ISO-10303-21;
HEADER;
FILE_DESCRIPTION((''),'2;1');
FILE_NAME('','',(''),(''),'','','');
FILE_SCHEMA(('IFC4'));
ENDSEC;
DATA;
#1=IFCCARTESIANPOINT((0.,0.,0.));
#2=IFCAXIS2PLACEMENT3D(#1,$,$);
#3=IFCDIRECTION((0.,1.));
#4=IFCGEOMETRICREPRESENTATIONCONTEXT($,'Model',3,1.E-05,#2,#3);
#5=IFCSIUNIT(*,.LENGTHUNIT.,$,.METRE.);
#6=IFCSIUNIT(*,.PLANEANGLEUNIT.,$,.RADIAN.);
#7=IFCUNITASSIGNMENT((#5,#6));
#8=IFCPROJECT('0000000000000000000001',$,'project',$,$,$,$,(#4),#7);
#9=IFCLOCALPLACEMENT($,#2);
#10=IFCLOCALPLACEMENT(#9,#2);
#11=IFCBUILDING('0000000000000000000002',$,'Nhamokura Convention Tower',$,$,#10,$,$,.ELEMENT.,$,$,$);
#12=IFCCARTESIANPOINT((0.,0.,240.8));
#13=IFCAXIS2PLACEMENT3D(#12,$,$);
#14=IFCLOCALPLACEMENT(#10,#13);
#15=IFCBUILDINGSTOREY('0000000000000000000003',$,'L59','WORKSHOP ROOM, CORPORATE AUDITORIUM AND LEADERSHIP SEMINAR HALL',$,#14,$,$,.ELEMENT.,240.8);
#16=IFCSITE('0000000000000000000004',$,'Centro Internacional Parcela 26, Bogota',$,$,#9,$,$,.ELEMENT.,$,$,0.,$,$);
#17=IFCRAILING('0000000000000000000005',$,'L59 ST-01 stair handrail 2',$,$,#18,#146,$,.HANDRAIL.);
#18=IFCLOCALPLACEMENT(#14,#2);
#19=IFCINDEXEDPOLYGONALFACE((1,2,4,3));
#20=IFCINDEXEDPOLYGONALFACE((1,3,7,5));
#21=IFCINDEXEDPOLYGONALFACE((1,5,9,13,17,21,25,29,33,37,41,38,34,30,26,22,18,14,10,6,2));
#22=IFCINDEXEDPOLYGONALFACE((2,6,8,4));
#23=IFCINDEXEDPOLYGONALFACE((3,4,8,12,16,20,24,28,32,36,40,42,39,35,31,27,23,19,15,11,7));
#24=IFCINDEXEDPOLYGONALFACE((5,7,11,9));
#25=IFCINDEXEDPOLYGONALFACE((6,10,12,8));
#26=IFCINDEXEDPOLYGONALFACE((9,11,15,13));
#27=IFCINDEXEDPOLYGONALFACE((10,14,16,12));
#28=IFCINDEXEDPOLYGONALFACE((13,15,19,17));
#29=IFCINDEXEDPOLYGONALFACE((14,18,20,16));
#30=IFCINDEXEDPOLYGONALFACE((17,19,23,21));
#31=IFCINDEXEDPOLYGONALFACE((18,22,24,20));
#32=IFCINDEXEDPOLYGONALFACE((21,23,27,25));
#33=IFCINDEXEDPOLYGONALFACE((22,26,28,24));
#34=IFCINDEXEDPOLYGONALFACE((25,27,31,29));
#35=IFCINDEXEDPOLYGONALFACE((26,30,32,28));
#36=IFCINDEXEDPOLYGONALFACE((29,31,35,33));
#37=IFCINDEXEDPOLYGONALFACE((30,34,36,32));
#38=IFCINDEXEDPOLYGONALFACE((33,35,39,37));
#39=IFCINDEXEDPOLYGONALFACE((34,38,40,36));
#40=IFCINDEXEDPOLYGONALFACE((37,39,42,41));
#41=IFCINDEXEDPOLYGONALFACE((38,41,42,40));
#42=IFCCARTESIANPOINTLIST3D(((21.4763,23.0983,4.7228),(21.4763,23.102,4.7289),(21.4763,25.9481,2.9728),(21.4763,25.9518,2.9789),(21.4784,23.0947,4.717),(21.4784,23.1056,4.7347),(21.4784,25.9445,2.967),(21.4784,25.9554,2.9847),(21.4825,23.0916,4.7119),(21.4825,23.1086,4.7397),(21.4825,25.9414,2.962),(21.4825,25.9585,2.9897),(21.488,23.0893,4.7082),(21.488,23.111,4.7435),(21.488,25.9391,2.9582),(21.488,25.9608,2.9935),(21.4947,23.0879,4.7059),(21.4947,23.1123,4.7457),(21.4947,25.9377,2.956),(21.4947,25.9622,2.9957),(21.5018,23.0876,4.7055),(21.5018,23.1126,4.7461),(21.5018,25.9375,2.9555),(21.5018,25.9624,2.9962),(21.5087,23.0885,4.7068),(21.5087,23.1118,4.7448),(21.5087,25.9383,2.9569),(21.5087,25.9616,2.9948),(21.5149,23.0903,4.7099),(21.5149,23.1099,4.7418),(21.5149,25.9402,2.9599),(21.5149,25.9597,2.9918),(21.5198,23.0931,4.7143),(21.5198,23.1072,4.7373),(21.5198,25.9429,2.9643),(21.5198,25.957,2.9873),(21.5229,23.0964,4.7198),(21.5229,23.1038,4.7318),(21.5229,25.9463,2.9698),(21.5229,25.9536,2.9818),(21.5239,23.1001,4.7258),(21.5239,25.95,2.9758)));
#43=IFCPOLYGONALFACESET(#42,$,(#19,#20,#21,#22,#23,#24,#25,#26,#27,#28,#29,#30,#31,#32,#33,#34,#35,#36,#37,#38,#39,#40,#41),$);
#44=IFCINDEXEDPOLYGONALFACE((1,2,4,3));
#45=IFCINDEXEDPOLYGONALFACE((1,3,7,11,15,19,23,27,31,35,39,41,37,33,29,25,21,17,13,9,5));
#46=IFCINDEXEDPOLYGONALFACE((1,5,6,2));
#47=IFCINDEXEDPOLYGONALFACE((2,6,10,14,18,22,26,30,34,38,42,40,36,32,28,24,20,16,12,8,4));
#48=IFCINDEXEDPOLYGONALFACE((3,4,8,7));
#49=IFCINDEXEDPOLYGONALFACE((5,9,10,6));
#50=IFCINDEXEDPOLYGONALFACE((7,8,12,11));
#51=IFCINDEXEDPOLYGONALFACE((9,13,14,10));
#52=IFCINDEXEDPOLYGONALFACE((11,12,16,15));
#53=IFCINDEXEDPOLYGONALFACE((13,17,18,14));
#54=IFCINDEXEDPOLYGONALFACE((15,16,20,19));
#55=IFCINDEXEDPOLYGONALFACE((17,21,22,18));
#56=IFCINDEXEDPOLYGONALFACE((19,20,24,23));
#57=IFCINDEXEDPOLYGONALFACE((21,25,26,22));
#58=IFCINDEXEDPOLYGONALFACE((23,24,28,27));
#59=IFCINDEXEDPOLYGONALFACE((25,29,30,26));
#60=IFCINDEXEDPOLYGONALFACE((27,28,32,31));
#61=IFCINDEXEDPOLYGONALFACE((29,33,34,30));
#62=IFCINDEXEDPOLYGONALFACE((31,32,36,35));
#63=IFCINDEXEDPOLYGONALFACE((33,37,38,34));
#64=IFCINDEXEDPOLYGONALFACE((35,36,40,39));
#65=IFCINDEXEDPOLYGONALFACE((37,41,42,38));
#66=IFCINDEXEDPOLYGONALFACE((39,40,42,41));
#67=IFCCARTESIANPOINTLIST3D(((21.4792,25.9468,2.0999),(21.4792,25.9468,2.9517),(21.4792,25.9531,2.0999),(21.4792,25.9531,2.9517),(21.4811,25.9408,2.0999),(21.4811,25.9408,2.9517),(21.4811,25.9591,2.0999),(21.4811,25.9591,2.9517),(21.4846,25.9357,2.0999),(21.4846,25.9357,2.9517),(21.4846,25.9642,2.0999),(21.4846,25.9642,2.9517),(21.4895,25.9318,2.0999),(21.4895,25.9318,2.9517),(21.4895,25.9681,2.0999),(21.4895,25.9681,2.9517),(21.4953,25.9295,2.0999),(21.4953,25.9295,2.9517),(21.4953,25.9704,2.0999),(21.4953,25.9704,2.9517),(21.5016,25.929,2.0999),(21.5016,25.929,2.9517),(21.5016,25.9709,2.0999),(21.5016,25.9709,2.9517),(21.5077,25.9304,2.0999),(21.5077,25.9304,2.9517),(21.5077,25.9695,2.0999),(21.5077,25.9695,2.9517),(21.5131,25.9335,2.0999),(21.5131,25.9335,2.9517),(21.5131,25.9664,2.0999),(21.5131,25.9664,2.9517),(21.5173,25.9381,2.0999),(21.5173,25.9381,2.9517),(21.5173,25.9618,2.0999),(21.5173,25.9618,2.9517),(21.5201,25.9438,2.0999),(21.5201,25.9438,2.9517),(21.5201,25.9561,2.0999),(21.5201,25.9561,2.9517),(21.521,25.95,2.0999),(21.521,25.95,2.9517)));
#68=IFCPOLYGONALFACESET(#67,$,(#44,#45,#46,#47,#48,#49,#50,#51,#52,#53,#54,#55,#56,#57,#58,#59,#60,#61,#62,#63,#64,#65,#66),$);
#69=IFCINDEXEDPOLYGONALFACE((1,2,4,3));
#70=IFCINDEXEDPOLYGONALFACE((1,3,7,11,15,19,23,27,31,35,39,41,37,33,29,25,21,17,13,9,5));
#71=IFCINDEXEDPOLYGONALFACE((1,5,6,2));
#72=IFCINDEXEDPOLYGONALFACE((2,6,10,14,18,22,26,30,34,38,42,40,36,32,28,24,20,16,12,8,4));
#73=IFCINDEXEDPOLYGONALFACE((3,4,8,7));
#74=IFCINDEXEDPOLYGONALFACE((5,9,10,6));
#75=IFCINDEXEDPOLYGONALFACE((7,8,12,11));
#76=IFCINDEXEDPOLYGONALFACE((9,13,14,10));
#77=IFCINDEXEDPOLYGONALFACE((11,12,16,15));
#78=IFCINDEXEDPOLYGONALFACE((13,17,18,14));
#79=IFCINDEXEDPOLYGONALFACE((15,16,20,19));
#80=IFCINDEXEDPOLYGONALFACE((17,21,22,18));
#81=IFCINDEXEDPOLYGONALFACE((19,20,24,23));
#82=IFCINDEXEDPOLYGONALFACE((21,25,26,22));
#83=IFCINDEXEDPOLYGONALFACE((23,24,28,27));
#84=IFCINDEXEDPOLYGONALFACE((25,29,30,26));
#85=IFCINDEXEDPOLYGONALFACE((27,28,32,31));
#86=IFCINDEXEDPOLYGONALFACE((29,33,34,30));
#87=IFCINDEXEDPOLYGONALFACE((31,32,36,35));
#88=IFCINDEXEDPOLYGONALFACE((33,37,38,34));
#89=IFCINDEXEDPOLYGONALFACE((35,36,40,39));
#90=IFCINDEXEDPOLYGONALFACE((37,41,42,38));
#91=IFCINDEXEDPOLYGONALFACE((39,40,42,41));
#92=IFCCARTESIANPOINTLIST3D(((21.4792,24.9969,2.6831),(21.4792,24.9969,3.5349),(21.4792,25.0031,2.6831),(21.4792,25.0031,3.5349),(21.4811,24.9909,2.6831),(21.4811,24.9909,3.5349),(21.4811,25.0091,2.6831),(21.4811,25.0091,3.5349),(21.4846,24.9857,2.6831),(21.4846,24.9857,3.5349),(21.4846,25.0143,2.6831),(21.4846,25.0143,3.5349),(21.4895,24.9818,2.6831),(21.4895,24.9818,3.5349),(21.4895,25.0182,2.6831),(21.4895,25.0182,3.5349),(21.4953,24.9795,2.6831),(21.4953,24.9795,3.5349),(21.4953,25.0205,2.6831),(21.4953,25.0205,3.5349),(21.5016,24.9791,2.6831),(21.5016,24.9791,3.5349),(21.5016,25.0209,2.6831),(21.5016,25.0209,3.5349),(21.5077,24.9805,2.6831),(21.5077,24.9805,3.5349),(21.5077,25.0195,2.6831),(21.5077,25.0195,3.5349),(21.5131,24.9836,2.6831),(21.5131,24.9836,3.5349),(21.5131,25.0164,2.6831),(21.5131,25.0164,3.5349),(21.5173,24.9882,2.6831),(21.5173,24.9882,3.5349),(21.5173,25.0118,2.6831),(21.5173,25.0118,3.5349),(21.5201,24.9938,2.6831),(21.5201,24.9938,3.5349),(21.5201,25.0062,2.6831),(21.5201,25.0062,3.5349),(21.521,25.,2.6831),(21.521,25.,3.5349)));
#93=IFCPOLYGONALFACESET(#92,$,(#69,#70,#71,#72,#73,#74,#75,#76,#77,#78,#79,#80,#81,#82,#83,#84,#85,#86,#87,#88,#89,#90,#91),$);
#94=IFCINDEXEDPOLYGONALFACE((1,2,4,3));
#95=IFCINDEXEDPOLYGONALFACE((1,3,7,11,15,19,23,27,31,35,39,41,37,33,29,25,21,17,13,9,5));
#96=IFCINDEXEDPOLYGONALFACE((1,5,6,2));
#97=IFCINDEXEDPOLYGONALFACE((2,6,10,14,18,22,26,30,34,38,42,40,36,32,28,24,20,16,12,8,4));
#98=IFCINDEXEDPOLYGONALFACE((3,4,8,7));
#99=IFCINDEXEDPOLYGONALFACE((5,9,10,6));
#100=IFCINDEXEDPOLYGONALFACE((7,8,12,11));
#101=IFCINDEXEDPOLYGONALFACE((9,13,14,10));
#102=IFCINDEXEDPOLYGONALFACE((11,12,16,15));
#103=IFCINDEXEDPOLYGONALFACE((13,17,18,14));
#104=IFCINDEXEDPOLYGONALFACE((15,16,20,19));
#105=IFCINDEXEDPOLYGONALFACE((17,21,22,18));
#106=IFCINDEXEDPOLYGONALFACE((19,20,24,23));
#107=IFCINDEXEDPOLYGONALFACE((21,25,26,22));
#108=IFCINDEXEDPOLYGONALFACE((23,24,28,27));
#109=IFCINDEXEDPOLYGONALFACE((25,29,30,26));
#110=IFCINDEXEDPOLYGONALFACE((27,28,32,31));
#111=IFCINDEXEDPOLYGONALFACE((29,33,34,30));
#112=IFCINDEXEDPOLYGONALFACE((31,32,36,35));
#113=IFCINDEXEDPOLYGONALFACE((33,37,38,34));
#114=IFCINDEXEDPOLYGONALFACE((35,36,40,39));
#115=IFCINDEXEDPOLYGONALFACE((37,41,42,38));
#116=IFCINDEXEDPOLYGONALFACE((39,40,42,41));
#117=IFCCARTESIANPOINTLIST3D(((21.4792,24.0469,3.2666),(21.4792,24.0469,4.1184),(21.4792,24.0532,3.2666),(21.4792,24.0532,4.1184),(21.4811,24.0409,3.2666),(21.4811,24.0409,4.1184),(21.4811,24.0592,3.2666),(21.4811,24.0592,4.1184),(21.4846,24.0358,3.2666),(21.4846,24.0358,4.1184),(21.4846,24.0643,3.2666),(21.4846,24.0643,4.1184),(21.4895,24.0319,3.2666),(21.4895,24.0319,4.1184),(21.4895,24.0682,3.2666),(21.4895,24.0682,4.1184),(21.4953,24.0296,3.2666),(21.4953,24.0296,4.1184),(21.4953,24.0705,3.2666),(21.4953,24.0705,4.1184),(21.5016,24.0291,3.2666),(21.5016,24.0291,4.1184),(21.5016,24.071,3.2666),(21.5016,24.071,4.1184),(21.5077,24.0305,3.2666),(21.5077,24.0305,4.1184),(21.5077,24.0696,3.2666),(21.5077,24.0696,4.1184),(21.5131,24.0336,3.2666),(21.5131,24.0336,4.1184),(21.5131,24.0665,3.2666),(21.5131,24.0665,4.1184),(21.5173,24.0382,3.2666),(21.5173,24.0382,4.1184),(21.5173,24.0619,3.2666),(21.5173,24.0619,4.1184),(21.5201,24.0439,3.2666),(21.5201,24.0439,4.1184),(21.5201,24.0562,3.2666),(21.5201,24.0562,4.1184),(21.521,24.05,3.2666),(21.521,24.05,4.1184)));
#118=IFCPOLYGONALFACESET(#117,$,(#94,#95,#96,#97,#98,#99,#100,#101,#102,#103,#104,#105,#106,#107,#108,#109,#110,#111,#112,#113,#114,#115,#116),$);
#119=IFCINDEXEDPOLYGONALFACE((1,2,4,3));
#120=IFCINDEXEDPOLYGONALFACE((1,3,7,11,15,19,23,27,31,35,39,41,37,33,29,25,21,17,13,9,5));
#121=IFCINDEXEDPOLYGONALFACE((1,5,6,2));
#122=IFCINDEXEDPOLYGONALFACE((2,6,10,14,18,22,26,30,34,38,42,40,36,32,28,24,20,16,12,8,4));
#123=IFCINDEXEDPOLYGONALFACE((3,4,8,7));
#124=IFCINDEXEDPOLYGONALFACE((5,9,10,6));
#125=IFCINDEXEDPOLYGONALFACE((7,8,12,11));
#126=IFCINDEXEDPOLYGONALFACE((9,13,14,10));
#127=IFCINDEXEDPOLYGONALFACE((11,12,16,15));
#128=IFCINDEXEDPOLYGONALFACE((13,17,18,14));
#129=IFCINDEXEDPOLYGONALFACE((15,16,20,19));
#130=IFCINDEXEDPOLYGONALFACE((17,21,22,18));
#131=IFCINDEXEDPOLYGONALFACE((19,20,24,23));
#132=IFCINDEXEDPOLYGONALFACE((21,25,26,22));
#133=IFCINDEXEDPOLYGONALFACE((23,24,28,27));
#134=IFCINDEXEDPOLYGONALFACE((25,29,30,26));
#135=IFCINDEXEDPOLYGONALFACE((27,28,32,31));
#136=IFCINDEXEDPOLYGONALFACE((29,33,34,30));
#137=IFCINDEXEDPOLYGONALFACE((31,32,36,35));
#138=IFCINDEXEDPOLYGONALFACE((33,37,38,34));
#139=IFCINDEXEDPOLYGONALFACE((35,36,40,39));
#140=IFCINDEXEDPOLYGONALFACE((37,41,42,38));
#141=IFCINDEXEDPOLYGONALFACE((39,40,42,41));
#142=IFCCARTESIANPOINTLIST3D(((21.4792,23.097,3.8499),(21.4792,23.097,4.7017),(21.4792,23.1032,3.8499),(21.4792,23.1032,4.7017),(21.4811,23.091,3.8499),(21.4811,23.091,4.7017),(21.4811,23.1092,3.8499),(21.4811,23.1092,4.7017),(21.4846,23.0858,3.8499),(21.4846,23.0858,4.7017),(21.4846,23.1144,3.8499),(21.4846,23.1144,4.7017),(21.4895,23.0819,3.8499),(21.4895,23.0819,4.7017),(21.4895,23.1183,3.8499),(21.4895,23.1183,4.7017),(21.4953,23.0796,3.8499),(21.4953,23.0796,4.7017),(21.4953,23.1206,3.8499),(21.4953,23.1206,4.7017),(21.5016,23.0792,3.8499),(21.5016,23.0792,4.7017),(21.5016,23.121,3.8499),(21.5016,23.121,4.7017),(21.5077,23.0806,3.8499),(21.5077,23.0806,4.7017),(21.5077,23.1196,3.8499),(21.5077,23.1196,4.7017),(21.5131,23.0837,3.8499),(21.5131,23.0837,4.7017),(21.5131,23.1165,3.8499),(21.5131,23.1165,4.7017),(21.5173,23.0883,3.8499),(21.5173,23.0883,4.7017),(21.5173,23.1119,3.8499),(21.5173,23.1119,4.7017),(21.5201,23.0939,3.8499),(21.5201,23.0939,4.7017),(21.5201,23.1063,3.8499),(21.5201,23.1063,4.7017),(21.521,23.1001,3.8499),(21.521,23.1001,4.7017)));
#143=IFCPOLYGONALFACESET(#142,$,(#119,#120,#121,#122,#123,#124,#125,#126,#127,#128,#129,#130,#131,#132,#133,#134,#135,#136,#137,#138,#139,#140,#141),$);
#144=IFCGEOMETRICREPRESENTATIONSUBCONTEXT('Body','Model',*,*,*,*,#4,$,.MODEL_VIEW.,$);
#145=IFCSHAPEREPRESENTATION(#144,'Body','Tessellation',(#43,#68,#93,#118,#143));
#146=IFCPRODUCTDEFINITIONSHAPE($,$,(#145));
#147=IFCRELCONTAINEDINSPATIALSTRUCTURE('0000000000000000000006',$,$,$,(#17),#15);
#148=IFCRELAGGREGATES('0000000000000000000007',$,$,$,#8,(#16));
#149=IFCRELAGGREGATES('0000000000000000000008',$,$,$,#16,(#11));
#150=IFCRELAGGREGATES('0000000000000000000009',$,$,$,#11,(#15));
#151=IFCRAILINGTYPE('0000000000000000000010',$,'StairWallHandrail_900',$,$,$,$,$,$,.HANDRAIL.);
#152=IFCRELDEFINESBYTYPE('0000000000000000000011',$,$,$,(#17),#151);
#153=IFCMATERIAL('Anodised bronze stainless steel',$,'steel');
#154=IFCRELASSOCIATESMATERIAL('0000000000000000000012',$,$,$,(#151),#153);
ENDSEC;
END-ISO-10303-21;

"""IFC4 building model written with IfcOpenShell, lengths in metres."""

from ifc_helpers import new_model, si_unit, direction, frame, origin, origin_2d, place, context, subcontext, project, spatial, circle, extrude, material, type_object, element, save


model = new_model("IFC4")

# Units and contexts
model_context = context("Model", 3, precision=1e-05, world=origin(), true_north=direction((0.0, 1.0)))
body_context = subcontext(model_context, "Body", "Model", "MODEL_VIEW")
ifc_project = project(units=[si_unit("LENGTHUNIT", "METRE"), si_unit("PLANEANGLEUNIT", "RADIAN")], contexts=[model_context])

# Site, building, storey
site_placement = place(None, origin())
site = spatial("IfcSite", under=ifc_project, at=site_placement, Name="Centro Internacional Parcela 26, Bogota", CompositionType="ELEMENT", RefElevation=0.0)
building_placement = place(site_placement, origin())
building = spatial("IfcBuilding", under=site, at=building_placement, Name="Nhamokura Convention Tower", CompositionType="ELEMENT")
storey_placement = place(building_placement, frame((0.0, 0.0, 240.8)))
storey = spatial("IfcBuildingStorey", under=building, at=storey_placement, Name="L59", Description="WORKSHOP ROOM, CORPORATE AUDITORIUM AND LEADERSHIP SEMINAR HALL", CompositionType="ELEMENT", Elevation=240.8)

# Railing
ifc_material_1 = material(Name="Anodised bronze stainless steel", Category="steel")
railing_type_1 = type_object("IfcRailingType", Name="StairWallHandrail_900", PredefinedType="HANDRAIL", material=ifc_material_1)
railing_1_placement = place(storey_placement, frame((21.5, 25.95, 2.0999)))
element("IfcRailing", 1, at=railing_1_placement, inside=storey, type_object=railing_type_1, Name="L59 ST-01 stair handrail 2", PredefinedType="HANDRAIL", context=body_context, shape_type="SweptSolid", body=[
    extrude(circle(Radius=0.0239, at=origin_2d()), frame((0.0, 0.0, 0.876), z_axis=(0.0, -0.852159, 0.523283), x_axis=(1.0, 0.0, 0.0)), (0.0, 0.0, 1.0), 3.3442),
    extrude(circle(Radius=0.021, at=origin_2d()), origin(), (0.0, 0.0, 1.0), 0.8518),
    extrude(circle(Radius=0.021, at=origin_2d()), frame((0.0, -0.95, 0.5833)), (0.0, 0.0, 1.0), 0.8518),
    extrude(circle(Radius=0.021, at=origin_2d()), frame((0.0, -1.8999, 1.1667)), (0.0, 0.0, 1.0), 0.8518),
    extrude(circle(Radius=0.021, at=origin_2d()), frame((0.0, -2.8499, 1.75)), (0.0, 0.0, 1.0), 0.8518),
])

save(model, "model.ifc")
